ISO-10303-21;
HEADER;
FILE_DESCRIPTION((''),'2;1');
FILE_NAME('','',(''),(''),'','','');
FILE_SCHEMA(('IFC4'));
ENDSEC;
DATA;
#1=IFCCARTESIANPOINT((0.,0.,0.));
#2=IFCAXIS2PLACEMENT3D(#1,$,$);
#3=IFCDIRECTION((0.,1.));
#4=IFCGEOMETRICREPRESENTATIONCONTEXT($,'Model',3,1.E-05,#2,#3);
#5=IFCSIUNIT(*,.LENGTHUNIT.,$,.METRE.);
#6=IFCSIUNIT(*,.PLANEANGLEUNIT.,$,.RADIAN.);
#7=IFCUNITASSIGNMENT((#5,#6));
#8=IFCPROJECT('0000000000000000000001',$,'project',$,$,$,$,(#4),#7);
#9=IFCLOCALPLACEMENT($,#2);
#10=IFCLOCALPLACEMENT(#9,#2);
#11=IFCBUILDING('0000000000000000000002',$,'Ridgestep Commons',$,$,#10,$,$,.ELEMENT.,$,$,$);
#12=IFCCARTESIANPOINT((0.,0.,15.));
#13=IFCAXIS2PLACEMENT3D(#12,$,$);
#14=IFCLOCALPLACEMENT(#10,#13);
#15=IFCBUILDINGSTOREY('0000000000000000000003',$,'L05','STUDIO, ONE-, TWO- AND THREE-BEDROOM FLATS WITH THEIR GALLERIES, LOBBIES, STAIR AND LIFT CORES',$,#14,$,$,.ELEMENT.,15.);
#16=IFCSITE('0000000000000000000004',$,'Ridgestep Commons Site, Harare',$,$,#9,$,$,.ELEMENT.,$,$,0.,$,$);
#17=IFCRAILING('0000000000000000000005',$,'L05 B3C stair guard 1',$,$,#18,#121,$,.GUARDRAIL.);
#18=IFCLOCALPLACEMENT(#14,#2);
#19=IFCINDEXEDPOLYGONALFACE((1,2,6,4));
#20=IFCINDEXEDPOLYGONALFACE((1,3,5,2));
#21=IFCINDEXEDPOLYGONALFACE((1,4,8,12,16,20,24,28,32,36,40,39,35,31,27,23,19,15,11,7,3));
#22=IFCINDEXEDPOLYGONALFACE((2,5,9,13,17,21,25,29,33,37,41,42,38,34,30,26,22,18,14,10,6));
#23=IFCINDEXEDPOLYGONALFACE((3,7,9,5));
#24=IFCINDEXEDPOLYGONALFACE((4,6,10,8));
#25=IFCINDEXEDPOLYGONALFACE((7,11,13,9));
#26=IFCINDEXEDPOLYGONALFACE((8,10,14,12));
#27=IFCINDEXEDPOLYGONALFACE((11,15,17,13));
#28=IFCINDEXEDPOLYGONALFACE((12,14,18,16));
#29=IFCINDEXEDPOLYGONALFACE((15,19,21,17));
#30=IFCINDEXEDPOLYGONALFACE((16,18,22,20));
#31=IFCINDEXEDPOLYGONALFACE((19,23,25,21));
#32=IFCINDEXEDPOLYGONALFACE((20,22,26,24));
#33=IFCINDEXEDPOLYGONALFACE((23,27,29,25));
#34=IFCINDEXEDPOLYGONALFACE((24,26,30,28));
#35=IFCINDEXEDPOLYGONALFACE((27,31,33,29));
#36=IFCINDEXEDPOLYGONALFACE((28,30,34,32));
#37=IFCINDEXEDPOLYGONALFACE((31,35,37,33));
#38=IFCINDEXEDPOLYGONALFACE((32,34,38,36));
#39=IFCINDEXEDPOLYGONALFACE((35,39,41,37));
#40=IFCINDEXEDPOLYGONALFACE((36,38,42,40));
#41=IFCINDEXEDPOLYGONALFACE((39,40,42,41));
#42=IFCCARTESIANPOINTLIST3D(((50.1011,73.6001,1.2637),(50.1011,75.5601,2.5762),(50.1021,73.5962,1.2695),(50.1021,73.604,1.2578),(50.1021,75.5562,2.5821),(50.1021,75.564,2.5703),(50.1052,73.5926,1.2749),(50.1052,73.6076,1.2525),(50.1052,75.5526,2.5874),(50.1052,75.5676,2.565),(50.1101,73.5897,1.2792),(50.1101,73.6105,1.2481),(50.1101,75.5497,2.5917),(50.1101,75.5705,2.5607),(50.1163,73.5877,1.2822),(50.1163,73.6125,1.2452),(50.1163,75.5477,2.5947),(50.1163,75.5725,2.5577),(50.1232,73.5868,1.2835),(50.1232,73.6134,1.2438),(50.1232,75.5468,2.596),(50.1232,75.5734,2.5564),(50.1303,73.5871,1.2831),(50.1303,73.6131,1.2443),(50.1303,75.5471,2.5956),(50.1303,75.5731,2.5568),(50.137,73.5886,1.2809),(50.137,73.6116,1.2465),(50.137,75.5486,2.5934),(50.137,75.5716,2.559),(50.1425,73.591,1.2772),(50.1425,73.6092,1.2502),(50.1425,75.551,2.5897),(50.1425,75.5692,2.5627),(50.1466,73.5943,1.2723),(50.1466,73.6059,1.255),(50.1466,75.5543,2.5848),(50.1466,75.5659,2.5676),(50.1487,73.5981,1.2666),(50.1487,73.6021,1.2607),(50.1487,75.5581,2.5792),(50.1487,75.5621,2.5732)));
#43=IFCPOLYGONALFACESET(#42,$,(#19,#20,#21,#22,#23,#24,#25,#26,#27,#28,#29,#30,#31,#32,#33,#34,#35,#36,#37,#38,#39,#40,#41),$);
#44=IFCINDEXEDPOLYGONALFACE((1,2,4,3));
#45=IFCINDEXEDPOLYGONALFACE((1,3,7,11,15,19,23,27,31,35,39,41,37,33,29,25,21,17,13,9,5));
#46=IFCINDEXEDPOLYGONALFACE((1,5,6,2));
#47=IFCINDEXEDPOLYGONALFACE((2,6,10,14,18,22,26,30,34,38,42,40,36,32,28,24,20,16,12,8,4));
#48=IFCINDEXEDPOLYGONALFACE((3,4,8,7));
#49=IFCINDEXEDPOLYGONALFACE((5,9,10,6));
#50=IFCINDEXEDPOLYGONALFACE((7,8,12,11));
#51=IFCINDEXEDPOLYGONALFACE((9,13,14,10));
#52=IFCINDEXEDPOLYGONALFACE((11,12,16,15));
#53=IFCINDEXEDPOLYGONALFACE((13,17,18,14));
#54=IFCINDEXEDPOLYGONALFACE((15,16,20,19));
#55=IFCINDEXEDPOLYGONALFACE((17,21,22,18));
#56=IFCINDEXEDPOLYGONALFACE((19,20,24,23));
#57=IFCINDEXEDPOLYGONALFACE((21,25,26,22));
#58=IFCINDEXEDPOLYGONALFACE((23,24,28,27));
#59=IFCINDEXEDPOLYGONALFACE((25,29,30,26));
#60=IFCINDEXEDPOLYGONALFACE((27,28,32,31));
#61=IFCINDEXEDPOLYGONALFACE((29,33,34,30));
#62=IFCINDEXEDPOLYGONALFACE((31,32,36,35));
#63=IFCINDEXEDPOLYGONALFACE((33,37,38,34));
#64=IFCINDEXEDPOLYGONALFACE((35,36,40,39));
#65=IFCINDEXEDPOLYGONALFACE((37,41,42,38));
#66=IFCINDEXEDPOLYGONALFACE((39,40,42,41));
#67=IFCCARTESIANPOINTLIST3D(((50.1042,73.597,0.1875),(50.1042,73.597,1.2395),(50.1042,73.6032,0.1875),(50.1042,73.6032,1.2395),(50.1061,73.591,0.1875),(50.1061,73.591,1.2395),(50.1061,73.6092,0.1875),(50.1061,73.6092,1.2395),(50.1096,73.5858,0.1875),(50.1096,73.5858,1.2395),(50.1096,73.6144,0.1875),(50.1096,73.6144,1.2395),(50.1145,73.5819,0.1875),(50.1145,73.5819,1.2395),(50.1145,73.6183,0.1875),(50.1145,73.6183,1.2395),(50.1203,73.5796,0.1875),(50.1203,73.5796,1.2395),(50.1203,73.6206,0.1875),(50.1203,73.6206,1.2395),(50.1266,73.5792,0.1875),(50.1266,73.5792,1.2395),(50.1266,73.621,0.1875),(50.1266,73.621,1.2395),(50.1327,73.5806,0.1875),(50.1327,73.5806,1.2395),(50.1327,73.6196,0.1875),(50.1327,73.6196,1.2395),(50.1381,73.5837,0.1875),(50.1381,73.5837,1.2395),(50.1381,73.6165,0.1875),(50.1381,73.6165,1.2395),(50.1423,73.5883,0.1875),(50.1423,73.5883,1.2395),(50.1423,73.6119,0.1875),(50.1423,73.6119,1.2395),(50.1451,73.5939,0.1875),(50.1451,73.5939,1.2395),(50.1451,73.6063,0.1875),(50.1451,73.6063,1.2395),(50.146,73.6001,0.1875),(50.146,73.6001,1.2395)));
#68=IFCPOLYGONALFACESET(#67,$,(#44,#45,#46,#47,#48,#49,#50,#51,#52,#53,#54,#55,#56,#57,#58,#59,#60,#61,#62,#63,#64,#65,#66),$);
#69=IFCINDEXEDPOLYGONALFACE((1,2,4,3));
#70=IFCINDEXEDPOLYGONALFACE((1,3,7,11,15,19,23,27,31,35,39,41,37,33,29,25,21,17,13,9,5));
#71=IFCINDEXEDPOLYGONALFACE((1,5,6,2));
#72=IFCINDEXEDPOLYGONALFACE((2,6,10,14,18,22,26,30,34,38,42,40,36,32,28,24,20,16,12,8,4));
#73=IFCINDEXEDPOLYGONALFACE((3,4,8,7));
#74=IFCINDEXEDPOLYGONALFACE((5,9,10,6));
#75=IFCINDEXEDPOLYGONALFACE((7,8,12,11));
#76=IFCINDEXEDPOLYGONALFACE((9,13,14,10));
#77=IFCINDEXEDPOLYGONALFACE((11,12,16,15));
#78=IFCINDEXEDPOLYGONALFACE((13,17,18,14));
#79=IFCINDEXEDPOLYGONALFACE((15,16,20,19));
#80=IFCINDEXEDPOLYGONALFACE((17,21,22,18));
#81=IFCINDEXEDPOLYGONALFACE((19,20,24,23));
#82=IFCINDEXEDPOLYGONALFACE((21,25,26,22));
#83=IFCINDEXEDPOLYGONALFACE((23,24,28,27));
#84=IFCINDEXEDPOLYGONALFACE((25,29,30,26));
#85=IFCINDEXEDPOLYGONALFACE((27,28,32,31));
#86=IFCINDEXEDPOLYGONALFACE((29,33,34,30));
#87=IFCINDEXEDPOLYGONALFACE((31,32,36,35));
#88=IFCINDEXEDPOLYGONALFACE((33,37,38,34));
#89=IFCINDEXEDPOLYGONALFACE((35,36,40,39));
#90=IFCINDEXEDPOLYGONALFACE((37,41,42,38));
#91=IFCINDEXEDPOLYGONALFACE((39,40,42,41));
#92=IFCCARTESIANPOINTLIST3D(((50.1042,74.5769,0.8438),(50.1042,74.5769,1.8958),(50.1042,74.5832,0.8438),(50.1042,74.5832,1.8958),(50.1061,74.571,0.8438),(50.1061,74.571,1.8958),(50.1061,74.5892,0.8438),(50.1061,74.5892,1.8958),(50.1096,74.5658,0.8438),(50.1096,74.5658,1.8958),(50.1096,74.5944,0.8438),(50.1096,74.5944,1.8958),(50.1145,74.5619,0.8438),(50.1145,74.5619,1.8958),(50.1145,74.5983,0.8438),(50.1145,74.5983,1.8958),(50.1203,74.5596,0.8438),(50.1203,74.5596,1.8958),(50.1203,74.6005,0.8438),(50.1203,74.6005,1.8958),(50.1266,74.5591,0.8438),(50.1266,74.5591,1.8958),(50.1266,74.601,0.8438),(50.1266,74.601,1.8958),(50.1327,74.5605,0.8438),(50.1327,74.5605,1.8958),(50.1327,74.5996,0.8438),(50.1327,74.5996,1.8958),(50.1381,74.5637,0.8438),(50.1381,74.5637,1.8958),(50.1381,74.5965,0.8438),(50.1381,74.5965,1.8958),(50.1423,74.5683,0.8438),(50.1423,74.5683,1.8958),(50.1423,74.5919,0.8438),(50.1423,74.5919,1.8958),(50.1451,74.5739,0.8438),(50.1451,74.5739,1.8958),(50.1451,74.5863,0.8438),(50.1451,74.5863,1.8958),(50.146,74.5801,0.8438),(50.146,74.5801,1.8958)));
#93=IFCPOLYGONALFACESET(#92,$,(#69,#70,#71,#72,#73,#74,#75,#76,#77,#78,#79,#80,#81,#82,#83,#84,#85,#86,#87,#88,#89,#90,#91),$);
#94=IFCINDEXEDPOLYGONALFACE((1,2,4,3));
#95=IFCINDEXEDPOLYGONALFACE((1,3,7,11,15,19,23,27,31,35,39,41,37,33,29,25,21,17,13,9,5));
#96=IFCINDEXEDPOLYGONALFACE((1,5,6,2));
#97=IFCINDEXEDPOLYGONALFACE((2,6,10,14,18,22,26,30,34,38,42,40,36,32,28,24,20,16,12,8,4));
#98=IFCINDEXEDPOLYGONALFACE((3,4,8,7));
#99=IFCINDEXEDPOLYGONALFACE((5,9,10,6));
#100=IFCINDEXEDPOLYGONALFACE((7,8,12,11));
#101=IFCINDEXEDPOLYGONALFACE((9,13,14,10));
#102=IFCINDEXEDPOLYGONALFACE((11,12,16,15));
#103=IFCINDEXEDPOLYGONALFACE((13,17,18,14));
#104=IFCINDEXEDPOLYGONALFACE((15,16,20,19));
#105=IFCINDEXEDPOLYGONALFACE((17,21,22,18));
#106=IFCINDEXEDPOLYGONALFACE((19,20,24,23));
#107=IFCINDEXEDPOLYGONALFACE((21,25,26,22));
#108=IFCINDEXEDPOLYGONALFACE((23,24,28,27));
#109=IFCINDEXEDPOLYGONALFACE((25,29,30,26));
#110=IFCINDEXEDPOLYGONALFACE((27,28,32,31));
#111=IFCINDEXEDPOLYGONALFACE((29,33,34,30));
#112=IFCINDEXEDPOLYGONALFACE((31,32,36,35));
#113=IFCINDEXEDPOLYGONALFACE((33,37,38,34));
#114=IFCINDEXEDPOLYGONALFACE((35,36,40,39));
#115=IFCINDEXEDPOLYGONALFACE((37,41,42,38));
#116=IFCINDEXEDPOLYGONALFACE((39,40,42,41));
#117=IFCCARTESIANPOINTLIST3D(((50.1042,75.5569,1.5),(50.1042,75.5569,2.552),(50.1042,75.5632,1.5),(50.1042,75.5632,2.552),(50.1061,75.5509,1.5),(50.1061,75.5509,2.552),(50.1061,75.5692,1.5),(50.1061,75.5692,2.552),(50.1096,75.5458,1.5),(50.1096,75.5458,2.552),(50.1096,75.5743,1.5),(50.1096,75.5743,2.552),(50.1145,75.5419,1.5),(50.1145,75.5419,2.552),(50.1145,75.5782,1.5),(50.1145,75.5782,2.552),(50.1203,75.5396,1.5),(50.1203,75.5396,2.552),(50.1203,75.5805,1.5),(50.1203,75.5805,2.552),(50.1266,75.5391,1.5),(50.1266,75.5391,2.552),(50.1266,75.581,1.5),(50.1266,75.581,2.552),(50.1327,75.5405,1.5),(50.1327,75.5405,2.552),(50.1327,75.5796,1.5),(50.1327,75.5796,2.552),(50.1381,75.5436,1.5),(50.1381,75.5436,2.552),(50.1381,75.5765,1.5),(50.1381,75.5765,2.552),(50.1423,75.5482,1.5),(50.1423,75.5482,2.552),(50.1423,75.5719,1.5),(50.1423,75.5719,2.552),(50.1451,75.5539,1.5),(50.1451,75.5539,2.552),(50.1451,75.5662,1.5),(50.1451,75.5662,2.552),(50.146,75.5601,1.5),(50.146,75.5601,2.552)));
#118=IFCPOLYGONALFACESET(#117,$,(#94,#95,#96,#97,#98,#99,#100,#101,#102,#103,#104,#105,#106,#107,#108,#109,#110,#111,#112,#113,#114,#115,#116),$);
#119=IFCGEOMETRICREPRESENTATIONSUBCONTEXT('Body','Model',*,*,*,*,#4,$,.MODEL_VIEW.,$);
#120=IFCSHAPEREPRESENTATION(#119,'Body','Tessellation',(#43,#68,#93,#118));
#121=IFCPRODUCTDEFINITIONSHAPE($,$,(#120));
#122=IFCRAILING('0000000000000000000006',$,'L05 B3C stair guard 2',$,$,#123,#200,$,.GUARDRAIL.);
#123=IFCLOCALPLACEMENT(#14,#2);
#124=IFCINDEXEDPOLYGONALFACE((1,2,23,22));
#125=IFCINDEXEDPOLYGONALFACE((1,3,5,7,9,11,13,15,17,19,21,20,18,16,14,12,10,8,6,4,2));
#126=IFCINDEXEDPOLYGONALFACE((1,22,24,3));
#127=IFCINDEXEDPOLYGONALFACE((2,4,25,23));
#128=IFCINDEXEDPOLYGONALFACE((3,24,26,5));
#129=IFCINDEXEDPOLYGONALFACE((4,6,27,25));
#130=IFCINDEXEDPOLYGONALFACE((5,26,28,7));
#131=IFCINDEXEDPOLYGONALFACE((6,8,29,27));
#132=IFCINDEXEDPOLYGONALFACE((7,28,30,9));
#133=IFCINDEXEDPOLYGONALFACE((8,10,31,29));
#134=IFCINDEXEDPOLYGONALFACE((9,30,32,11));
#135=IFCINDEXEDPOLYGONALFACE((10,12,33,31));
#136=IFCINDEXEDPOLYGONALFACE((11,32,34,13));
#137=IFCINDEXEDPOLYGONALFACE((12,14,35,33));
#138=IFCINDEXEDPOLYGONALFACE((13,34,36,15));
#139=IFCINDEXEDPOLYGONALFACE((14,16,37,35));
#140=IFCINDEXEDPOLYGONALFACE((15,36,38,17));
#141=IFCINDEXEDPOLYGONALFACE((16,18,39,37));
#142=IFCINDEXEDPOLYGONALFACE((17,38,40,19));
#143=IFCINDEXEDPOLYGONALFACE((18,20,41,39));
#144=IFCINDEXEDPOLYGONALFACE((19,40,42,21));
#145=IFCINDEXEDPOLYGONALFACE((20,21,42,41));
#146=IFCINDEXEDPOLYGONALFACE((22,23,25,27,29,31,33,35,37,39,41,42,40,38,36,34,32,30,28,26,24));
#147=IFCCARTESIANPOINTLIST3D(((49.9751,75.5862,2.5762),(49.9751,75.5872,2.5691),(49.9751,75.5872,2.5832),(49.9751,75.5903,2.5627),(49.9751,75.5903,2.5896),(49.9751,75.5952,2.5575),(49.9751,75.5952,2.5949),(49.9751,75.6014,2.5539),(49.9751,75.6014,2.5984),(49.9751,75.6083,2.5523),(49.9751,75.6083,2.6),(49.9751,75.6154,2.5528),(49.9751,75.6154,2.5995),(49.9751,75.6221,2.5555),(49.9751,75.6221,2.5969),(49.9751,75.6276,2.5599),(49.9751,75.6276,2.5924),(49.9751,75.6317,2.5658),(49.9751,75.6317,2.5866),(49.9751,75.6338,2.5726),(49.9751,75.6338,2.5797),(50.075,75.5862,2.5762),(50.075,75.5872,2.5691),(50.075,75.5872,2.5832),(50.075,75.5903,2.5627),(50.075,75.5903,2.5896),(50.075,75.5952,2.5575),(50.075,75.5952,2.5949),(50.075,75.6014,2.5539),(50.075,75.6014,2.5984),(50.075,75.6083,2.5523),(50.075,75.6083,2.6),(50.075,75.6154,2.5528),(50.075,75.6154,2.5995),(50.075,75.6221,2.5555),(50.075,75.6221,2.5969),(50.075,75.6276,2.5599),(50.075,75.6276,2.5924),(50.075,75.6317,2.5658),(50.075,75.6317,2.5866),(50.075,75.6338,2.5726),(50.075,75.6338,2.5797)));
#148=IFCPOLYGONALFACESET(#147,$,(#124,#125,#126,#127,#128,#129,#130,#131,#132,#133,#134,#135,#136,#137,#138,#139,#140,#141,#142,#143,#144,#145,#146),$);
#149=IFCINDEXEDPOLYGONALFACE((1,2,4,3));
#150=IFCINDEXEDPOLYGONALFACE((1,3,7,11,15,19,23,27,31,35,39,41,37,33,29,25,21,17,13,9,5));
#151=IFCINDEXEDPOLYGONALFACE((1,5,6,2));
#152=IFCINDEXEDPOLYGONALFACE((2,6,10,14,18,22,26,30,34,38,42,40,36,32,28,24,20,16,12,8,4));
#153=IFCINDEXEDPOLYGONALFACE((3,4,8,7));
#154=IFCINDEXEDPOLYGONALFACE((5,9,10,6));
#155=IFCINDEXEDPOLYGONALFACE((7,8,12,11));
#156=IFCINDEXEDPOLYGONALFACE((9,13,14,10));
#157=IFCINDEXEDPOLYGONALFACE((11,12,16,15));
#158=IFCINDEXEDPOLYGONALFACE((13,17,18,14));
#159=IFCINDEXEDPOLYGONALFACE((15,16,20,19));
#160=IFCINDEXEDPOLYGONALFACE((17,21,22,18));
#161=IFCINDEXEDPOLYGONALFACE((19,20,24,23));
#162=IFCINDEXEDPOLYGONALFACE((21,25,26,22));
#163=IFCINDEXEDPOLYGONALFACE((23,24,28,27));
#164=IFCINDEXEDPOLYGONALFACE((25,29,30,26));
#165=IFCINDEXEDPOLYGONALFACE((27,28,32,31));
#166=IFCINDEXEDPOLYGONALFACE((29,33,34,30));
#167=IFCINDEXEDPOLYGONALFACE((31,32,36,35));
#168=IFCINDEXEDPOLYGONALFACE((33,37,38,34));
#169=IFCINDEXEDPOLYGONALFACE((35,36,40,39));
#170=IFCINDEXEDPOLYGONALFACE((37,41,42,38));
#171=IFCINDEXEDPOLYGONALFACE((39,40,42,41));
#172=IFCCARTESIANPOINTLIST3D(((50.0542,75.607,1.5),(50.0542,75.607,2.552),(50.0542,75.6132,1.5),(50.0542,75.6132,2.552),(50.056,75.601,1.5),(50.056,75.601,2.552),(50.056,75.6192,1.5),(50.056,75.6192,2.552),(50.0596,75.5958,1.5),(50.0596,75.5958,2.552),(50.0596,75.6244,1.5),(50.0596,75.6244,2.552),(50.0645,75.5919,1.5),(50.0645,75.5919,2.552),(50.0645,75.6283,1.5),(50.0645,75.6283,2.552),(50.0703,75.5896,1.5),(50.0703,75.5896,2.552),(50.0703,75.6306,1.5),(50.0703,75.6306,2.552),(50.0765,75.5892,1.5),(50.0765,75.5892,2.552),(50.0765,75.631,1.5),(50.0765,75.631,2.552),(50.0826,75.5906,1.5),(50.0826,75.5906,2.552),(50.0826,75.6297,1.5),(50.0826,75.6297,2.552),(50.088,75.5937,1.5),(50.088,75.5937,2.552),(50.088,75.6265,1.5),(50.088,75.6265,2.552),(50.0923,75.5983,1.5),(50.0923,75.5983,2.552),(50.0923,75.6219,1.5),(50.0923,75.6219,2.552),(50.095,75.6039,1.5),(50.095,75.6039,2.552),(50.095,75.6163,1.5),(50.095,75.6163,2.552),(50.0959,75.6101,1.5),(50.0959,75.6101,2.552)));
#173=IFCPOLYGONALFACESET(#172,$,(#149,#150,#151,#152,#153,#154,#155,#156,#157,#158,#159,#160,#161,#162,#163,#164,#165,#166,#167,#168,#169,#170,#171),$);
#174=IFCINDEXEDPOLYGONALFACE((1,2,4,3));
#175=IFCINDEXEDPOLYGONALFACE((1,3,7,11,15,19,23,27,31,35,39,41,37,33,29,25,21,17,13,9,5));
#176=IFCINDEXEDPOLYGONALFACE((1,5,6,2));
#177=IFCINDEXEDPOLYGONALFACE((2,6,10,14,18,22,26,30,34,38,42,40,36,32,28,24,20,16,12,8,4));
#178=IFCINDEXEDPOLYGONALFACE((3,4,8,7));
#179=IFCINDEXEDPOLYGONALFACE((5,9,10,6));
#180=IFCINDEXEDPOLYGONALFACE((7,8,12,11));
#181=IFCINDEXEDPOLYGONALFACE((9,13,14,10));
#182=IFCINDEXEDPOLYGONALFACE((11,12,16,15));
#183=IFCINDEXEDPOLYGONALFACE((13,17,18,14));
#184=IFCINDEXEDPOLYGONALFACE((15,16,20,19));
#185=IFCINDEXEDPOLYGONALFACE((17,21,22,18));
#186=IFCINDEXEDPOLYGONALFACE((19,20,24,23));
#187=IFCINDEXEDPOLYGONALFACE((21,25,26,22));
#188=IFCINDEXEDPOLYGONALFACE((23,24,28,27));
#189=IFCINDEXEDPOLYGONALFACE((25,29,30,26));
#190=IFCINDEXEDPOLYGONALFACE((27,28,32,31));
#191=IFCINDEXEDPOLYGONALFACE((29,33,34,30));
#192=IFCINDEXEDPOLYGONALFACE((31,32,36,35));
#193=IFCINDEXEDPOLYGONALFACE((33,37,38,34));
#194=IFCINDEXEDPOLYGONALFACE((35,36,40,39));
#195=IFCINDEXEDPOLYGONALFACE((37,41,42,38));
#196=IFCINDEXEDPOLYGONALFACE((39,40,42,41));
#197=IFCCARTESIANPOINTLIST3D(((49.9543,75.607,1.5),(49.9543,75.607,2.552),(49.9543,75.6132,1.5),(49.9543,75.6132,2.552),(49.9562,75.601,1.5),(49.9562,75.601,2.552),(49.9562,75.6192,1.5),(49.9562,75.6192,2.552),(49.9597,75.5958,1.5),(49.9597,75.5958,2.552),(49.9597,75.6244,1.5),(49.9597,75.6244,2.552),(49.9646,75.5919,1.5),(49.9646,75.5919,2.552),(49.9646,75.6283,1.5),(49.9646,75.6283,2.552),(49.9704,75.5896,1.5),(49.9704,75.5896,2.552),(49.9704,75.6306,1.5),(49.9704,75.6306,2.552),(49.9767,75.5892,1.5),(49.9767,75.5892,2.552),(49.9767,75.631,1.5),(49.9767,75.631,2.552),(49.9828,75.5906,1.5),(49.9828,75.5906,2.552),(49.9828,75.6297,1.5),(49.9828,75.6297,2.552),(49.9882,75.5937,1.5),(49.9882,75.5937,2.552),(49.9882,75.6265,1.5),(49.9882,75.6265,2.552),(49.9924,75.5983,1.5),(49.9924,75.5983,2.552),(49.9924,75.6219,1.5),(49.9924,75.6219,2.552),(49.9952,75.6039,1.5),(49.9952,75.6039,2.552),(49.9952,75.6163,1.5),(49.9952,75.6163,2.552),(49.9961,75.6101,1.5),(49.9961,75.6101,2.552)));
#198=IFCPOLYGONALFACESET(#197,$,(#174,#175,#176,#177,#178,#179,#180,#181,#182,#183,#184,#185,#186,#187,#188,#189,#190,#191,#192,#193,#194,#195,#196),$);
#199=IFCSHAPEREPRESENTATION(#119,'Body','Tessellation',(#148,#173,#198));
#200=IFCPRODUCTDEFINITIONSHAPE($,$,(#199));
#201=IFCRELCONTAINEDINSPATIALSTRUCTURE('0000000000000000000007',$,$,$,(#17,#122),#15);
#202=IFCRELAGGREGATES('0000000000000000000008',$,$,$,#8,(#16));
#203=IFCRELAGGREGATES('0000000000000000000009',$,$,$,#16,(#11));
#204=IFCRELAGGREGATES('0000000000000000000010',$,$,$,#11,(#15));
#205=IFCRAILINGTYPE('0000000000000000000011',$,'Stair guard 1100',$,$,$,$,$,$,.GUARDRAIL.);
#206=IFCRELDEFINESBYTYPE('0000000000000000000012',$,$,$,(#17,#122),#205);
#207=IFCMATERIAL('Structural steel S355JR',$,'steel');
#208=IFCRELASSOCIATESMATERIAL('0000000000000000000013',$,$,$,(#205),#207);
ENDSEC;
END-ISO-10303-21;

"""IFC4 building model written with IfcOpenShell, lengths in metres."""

from ifc_helpers import new_model, si_unit, direction, frame, origin, origin_2d, place, context, subcontext, project, spatial, circle, extrude, material, type_object, element, save


model = new_model("IFC4")

# Units and contexts
model_context = context("Model", 3, precision=1e-05, world=origin(), true_north=direction((0.0, 1.0)))
body_context = subcontext(model_context, "Body", "Model", "MODEL_VIEW")
ifc_project = project(units=[si_unit("LENGTHUNIT", "METRE"), si_unit("PLANEANGLEUNIT", "RADIAN")], contexts=[model_context])

# Site, building, storey
site_placement = place(None, origin())
site = spatial("IfcSite", under=ifc_project, at=site_placement, Name="Ridgestep Commons Site, Harare", CompositionType="ELEMENT", RefElevation=0.0)
building_placement = place(site_placement, origin())
building = spatial("IfcBuilding", under=site, at=building_placement, Name="Ridgestep Commons", CompositionType="ELEMENT")
storey_placement = place(building_placement, frame((0.0, 0.0, 15.0)))
storey = spatial("IfcBuildingStorey", under=building, at=storey_placement, Name="L05", Description="STUDIO, ONE-, TWO- AND THREE-BEDROOM FLATS WITH THEIR GALLERIES, LOBBIES, STAIR AND LIFT CORES", CompositionType="ELEMENT", Elevation=15.0)

# Railings
ifc_material_1 = material(Name="Structural steel S355JR", Category="steel")
railing_type_1 = type_object("IfcRailingType", Name="Stair guard 1100", PredefinedType="GUARDRAIL", material=ifc_material_1)
railing_1_placement = place(storey_placement, frame((50.125, 73.6001, 0.1875)))
element("IfcRailing", 1, at=railing_1_placement, inside=storey, type_object=railing_type_1, Name="L05 B3C stair guard 1", PredefinedType="GUARDRAIL", context=body_context, shape_type="SweptSolid", body=[
    extrude(circle(Radius=0.0239, at=origin_2d()), frame((0.0, 0.0, 1.0762), z_axis=(0.0, 0.830902, 0.556419), x_axis=(-1.0, 0.0, 0.0)), (0.0, 0.0, 1.0), 2.3589),
    extrude(circle(Radius=0.021, at=origin_2d()), origin(), (0.0, 0.0, 1.0), 1.052),
    extrude(circle(Radius=0.021, at=origin_2d()), frame((0.0, 0.98, 0.6562)), (0.0, 0.0, 1.0), 1.052),
    extrude(circle(Radius=0.021, at=origin_2d()), frame((0.0, 1.96, 1.3125)), (0.0, 0.0, 1.0), 1.052),
])
railing_2_placement = place(storey_placement, frame((50.075, 75.6101, 1.5)))
element("IfcRailing", 2, at=railing_2_placement, inside=storey, type_object=railing_type_1, Name="L05 B3C stair guard 2", PredefinedType="GUARDRAIL", context=body_context, shape_type="SweptSolid", body=[
    extrude(circle(Radius=0.0239, at=origin_2d()), frame((0.0, 0.0, 1.0762), z_axis=(-1.0, 0.0, 0.0), x_axis=(0.0, -1.0, 0.0)), (0.0, 0.0, 1.0), 0.0999),
    extrude(circle(Radius=0.021, at=origin_2d()), origin(), (0.0, 0.0, 1.0), 1.052),
    extrude(circle(Radius=0.021, at=origin_2d()), frame((-0.0999, 0.0, 0.0)), (0.0, 0.0, 1.0), 1.052),
])

save(model, "model.ifc")
